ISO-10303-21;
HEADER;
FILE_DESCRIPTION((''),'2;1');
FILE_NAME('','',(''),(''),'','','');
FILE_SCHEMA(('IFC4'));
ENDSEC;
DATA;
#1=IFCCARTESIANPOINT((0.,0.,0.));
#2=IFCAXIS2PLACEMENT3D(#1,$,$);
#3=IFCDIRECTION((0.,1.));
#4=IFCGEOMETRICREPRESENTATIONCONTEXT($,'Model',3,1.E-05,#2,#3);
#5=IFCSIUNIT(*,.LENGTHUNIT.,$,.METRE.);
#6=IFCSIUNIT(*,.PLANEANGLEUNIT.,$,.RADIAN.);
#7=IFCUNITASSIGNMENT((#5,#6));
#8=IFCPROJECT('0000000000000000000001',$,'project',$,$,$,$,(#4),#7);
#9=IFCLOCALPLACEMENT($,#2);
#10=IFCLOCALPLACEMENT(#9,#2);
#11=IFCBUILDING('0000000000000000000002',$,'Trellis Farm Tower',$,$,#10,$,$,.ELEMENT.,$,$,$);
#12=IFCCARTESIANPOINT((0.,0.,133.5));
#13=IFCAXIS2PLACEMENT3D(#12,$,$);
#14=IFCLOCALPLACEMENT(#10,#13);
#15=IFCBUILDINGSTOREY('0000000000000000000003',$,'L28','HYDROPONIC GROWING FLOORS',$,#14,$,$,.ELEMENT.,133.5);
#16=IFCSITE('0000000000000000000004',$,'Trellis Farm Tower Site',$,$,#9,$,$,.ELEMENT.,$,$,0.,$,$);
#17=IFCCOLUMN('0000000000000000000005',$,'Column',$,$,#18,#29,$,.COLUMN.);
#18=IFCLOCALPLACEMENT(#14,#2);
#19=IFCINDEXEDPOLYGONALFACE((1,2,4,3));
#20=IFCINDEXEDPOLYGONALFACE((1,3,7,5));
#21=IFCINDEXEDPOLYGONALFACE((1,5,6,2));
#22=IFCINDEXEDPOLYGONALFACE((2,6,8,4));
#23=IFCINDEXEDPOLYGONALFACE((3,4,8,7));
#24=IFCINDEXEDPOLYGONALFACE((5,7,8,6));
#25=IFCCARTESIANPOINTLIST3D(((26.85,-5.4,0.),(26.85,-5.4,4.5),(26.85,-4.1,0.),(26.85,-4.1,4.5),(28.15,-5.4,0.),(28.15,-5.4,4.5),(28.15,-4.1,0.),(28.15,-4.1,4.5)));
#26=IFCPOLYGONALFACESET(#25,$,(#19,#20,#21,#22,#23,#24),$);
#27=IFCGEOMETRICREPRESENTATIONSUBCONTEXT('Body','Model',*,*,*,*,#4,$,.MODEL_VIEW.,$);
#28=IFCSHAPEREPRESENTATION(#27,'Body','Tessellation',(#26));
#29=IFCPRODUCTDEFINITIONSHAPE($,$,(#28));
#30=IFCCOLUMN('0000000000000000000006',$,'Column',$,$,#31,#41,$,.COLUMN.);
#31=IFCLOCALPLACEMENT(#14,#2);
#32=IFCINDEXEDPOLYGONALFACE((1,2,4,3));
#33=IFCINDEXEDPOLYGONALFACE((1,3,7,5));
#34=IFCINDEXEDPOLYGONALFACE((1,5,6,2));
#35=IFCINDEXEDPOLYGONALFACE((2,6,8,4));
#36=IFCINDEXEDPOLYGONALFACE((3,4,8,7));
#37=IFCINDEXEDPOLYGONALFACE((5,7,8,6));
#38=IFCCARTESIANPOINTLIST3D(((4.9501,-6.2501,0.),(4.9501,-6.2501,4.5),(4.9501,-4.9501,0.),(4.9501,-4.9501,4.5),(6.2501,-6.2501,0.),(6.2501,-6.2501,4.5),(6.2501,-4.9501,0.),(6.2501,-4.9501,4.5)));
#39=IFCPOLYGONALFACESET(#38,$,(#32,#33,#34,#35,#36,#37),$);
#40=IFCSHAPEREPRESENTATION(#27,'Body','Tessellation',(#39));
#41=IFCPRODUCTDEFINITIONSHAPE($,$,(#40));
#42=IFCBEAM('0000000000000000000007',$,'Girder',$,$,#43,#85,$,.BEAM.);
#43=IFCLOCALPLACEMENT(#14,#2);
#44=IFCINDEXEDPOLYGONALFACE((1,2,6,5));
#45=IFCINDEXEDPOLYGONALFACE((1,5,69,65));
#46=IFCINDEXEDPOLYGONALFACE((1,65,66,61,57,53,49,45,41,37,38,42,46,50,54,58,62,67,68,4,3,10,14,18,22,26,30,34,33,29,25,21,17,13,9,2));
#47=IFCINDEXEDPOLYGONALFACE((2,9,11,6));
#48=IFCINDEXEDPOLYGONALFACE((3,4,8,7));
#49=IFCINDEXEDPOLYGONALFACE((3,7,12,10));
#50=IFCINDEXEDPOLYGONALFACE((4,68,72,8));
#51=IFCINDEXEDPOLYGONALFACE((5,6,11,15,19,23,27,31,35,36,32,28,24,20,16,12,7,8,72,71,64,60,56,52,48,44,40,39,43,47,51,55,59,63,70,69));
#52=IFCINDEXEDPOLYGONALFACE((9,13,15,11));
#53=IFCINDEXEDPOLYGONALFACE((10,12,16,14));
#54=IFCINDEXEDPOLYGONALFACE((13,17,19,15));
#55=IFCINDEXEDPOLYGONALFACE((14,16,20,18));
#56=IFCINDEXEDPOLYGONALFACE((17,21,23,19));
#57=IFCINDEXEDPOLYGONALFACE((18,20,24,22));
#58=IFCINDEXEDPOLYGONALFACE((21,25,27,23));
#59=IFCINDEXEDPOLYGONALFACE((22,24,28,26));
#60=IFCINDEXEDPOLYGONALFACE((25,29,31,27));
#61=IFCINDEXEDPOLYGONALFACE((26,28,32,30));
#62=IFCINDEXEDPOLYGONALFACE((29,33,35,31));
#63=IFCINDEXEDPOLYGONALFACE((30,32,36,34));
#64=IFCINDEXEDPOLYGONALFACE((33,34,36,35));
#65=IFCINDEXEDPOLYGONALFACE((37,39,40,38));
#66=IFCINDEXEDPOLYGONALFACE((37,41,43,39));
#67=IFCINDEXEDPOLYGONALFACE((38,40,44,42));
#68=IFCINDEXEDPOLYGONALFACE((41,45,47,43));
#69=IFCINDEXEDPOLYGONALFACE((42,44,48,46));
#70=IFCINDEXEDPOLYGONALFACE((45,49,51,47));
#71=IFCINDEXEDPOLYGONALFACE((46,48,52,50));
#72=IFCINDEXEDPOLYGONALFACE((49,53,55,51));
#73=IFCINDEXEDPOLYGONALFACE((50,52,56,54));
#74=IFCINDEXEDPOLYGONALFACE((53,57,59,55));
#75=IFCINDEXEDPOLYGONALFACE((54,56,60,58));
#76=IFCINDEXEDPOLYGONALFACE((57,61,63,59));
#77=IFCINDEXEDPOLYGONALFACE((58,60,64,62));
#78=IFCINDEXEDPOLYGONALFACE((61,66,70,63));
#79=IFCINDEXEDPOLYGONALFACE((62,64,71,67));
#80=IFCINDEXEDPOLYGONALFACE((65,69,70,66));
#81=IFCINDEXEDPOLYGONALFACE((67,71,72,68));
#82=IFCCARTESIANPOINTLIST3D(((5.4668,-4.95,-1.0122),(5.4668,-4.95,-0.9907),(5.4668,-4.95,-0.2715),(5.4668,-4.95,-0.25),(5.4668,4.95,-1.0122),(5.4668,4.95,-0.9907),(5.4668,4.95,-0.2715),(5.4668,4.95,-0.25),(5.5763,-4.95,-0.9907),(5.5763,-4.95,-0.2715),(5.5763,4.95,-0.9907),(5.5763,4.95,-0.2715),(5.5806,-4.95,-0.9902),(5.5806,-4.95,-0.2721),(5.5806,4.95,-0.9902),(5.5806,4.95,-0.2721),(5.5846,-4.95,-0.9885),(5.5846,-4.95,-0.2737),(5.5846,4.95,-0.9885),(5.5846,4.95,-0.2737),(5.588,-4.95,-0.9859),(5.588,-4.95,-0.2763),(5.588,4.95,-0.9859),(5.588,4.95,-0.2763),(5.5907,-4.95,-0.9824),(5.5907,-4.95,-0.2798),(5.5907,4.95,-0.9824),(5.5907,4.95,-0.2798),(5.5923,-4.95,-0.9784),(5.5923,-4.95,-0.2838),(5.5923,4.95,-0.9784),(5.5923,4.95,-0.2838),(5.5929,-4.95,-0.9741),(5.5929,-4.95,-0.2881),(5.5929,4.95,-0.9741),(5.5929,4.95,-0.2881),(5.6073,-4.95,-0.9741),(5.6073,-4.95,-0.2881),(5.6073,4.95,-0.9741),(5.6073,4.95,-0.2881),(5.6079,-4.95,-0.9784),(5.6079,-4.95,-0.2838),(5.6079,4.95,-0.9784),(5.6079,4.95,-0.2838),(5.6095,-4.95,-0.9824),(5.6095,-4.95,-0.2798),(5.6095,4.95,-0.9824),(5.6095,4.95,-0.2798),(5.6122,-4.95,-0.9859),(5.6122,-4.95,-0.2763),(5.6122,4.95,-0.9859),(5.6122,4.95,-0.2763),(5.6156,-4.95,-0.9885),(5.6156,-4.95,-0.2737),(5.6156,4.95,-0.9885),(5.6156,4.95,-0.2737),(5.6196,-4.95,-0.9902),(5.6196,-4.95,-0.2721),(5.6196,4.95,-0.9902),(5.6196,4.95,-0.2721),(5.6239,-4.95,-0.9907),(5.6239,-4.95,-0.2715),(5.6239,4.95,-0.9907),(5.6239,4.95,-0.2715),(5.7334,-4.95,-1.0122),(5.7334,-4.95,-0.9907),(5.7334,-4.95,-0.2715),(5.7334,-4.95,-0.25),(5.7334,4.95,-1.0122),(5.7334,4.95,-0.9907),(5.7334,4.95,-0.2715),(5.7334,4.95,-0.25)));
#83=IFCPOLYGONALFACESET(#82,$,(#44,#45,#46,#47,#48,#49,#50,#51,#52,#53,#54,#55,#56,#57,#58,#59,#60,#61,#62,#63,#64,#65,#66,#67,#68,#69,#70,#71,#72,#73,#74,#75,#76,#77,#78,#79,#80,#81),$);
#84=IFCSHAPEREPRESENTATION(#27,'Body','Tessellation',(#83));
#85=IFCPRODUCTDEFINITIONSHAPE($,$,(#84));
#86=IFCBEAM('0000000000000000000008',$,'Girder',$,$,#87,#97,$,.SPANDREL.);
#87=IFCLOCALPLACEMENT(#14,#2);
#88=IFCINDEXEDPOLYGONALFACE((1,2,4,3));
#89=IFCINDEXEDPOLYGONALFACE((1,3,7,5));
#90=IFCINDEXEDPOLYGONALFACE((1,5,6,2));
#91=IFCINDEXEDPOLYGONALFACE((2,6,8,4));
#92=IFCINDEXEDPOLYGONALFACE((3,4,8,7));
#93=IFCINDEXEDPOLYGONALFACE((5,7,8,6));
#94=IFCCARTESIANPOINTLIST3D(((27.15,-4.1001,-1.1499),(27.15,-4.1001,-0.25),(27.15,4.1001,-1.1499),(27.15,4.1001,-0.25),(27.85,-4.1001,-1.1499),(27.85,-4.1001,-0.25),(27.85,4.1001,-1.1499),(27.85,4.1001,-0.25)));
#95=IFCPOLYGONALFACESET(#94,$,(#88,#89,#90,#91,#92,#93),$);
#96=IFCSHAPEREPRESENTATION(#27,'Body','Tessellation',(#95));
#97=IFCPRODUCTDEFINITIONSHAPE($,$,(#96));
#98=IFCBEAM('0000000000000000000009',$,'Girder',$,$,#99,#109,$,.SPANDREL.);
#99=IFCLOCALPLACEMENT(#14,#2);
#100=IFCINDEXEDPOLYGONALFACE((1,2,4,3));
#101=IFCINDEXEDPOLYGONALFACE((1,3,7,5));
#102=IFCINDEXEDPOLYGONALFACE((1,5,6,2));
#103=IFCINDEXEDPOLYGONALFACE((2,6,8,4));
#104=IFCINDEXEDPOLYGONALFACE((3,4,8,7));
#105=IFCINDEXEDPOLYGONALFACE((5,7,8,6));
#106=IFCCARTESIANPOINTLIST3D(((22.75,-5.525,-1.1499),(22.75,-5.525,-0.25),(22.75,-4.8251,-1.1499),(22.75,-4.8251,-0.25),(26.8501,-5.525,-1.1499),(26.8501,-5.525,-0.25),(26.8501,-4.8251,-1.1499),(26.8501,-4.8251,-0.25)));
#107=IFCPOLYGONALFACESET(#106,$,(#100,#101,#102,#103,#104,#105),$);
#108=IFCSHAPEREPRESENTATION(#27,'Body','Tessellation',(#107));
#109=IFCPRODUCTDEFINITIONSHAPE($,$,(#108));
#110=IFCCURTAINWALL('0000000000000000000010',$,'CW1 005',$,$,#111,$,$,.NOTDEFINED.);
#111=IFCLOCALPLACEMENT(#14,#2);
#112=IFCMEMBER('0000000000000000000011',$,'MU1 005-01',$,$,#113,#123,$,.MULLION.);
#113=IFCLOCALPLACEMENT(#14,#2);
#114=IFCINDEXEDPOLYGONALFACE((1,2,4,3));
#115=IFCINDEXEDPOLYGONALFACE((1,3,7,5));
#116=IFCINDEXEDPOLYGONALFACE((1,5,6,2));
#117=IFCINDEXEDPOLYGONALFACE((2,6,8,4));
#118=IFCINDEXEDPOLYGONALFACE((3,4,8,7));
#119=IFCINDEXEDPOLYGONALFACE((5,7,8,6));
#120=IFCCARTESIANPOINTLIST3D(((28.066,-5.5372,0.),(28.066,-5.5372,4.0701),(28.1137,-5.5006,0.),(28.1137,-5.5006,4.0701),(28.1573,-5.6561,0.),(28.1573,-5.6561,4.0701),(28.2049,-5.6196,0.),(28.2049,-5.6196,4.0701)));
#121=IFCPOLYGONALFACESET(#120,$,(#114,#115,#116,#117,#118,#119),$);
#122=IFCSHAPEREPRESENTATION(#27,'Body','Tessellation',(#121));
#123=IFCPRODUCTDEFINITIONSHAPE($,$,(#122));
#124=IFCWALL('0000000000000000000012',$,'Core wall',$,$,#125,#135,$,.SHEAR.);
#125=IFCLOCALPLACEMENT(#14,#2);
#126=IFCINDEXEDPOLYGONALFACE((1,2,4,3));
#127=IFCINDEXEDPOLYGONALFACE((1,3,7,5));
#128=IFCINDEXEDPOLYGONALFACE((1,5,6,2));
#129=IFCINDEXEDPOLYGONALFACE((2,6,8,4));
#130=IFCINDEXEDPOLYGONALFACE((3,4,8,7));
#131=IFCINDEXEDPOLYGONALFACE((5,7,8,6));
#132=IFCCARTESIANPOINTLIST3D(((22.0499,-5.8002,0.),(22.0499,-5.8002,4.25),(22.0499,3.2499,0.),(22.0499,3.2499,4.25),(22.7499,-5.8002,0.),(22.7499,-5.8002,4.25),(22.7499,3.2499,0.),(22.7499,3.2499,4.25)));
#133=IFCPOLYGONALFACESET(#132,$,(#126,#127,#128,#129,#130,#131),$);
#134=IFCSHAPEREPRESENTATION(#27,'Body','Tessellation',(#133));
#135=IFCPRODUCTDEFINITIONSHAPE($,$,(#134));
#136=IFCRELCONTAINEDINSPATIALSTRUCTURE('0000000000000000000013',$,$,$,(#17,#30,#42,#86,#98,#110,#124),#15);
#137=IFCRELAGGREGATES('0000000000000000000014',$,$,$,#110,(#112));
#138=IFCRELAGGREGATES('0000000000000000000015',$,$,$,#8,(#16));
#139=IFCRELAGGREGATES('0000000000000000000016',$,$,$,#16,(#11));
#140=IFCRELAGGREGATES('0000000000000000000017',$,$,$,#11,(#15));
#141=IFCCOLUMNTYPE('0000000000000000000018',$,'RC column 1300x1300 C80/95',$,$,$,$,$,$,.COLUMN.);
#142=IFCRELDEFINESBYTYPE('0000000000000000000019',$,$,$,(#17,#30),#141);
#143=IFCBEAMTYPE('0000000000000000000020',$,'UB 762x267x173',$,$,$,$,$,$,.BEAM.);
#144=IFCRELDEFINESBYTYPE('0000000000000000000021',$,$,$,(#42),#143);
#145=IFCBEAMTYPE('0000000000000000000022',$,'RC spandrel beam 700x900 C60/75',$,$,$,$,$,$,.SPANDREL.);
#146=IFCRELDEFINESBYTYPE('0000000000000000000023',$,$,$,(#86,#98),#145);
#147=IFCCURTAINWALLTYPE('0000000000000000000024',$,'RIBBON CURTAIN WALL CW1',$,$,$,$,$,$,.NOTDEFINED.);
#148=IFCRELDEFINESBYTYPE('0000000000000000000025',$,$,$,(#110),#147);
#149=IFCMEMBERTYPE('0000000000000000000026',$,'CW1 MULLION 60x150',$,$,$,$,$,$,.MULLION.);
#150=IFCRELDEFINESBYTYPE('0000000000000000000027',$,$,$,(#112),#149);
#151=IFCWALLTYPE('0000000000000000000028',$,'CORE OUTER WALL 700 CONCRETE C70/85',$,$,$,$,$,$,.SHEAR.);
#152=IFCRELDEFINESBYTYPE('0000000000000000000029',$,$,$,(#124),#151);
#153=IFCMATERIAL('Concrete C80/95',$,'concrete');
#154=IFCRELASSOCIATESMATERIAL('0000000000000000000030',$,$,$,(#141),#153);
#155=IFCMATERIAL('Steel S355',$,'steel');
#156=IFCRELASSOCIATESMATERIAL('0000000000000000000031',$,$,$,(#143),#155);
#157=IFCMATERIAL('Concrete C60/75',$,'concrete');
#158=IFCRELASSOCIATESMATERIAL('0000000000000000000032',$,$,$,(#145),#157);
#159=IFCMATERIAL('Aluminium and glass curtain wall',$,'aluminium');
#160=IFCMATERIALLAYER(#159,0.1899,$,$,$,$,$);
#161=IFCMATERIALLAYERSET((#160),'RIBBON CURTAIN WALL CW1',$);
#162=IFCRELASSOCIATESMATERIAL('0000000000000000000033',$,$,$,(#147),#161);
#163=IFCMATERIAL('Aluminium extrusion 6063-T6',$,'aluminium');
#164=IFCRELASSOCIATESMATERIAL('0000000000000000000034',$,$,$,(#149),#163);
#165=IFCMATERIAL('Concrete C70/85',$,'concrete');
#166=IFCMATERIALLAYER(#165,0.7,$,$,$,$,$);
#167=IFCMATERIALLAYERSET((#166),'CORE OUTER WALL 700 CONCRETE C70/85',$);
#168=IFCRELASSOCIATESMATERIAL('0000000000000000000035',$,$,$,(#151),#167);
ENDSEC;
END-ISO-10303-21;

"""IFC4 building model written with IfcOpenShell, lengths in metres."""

from ifc_helpers import new_model, si_unit, direction, frame, frame_2d, origin, origin_2d, place, context, subcontext, project, spatial, rectangle, i_section, extrude, source, transform, mapped, material, layer, layer_set, material_profile, profile_set, type_object, element, aggregate, save


model = new_model("IFC4")

# Units and contexts
model_context = context("Model", 3, precision=1e-05, world=origin(), true_north=direction((0.0, 1.0)))
body_context = subcontext(model_context, "Body", "Model", "MODEL_VIEW")
ifc_project = project(units=[si_unit("LENGTHUNIT", "METRE"), si_unit("PLANEANGLEUNIT", "RADIAN")], contexts=[model_context])

# Site, building, storey
site_placement = place(None, origin())
site = spatial("IfcSite", under=ifc_project, at=site_placement, Name="Trellis Farm Tower Site", CompositionType="ELEMENT", RefElevation=0.0)
building_placement = place(site_placement, origin())
building = spatial("IfcBuilding", under=site, at=building_placement, Name="Trellis Farm Tower", CompositionType="ELEMENT")
storey_placement = place(building_placement, frame((0.0, 0.0, 133.5)))
storey = spatial("IfcBuildingStorey", under=building, at=storey_placement, Name="L28", Description="HYDROPONIC GROWING FLOORS", CompositionType="ELEMENT", Elevation=133.5)

# Columns
ifc_material_1 = material(Name="Concrete C80/95", Category="concrete")
ifc_material_profile_1 = material_profile(ifc_material_1, rectangle(XDim=1.3, YDim=1.3, at=origin_2d()), Name="RC column 1300x1300 C80/95")
ifc_profile_set_1 = profile_set([ifc_material_profile_1], Name="Concrete C80/95")
column_type = type_object("IfcColumnType", Name="RC column 1300x1300 C80/95", PredefinedType="COLUMN", material=ifc_profile_set_1)
shared_shape_1 = source(origin(), body_context, "Body", "SweptSolid", [
    extrude(rectangle(XDim=1.3, YDim=1.3, at=origin_2d()), origin(), (0.0, 0.0, 1.0), 4.5),
])
for number, where, z_axis, x_axis, name in (
    (1, (27.5, -4.75, 0.0), (0.0, 0.0, 1.0), (1.0, 0.0, 0.0), "Column"),
    (2, (5.6001, -5.6001, 0.0), (0.0, 0.0, 1.0), (1.0, 0.0, 0.0), "Column"),
):
    element("IfcColumn", number, at=place(storey_placement, frame(where, z_axis=z_axis, x_axis=x_axis)), inside=storey, type_object=column_type, Name=name, PredefinedType="COLUMN", context=body_context, shape_type="MappedRepresentation", body=[
        mapped(shared_shape_1, transform((0.0, 0.0, 0.0))),
    ])

# Beams
ifc_material_2 = material(Name="Steel S355", Category="steel")
ifc_material_profile_2 = material_profile(ifc_material_2, i_section(OverallWidth=0.2666, OverallDepth=0.7622, WebThickness=0.0144, FlangeThickness=0.0215, FilletRadius=0.0166, at=origin_2d()), Name="UB 762x267x173")
ifc_profile_set_2 = profile_set([ifc_material_profile_2], Name="Steel S355")
beam_type_1 = type_object("IfcBeamType", Name="UB 762x267x173", PredefinedType="BEAM", material=ifc_profile_set_2)
shared_shape_2 = source(origin(), body_context, "Body", "SweptSolid", [
    extrude(i_section(OverallWidth=0.2666, OverallDepth=0.7622, WebThickness=0.0144, FlangeThickness=0.0215, FilletRadius=0.0166, at=origin_2d()), origin(), (0.0, 0.0, 1.0), 9.8999),
])
beam_1_placement = place(storey_placement, frame((5.6001, -4.95, -0.6311), z_axis=(0.0, 1.0, 0.0), x_axis=(-1.0, 0.0, 0.0)))
element("IfcBeam", 3, at=beam_1_placement, inside=storey, type_object=beam_type_1, Name="Girder", PredefinedType="BEAM", context=body_context, shape_type="MappedRepresentation", body=[
    mapped(shared_shape_2, transform((0.0, 0.0, 0.0))),
])
ifc_material_3 = material(Name="Concrete C60/75", Category="concrete")
ifc_material_profile_3 = material_profile(ifc_material_3, rectangle(XDim=0.7, YDim=0.8999, at=origin_2d()), Name="RC spandrel beam 700x900 C60/75")
ifc_profile_set_3 = profile_set([ifc_material_profile_3], Name="Concrete C60/75")
beam_type_2 = type_object("IfcBeamType", Name="RC spandrel beam 700x900 C60/75", PredefinedType="SPANDREL", material=ifc_profile_set_3)
shared_shape_3 = source(origin(), body_context, "Body", "SweptSolid", [
    extrude(rectangle(XDim=0.7, YDim=0.8999, at=origin_2d()), origin(), (0.0, 0.0, 1.0), 8.2002),
])
beam_2_placement = place(storey_placement, frame((27.5, -4.1001, -0.7), z_axis=(0.0, 1.0, 0.0), x_axis=(-1.0, 0.0, 0.0)))
element("IfcBeam", 4, at=beam_2_placement, inside=storey, type_object=beam_type_2, Name="Girder", PredefinedType="SPANDREL", context=body_context, shape_type="MappedRepresentation", body=[
    mapped(shared_shape_3, transform((0.0, 0.0, 0.0))),
])
shared_shape_4 = source(origin(), body_context, "Body", "SweptSolid", [
    extrude(rectangle(XDim=0.7, YDim=0.8999, at=origin_2d()), origin(), (0.0, 0.0, 1.0), 4.1001),
])
beam_3_placement = place(storey_placement, frame((22.75, -5.175, -0.7), z_axis=(1.0, 0.0, 0.0), x_axis=(0.0, 1.0, 0.0)))
element("IfcBeam", 5, at=beam_3_placement, inside=storey, type_object=beam_type_2, Name="Girder", PredefinedType="SPANDREL", context=body_context, shape_type="MappedRepresentation", body=[
    mapped(shared_shape_4, transform((0.0, 0.0, 0.0))),
])

# Curtain wall, member
ifc_material_4 = material(Name="Aluminium and glass curtain wall", Category="aluminium")
ifc_layer_1 = layer(ifc_material_4, 0.1899)
ifc_layer_set_1 = layer_set([ifc_layer_1], Name="RIBBON CURTAIN WALL CW1")
curtain_wall_type = type_object("IfcCurtainWallType", Name="RIBBON CURTAIN WALL CW1", PredefinedType="NOTDEFINED", material=ifc_layer_set_1)
placement = place(storey_placement, origin())
curtain_wall = element("IfcCurtainWall", 6, at=placement, inside=storey, type_object=curtain_wall_type, Name="CW1 005", PredefinedType="NOTDEFINED")
ifc_material_5 = material(Name="Aluminium extrusion 6063-T6", Category="aluminium")
ifc_material_profile_4 = material_profile(ifc_material_5, rectangle(XDim=0.0601, YDim=0.1499, at=origin_2d()), Name="MULLION 60x150")
ifc_profile_set_4 = profile_set([ifc_material_profile_4], Name="Aluminium extrusion 6063-T6")
member_type = type_object("IfcMemberType", Name="CW1 MULLION 60x150", PredefinedType="MULLION", material=ifc_profile_set_4)
shared_shape_5 = source(origin(), body_context, "Body", "SweptSolid", [
    extrude(rectangle(XDim=0.0601, YDim=0.1499, at=origin_2d()), origin(), (0.0, 0.0, 1.0), 4.0701),
])
member_placement = place(storey_placement, frame((28.1355, -5.5784, 0.0), z_axis=(0.0, 0.0, 1.0), x_axis=(0.793353, 0.608761, 0.0)))
member = element("IfcMember", 7, at=member_placement, type_object=member_type, Name="MU1 005-01", PredefinedType="MULLION", context=body_context, shape_type="MappedRepresentation", body=[
    mapped(shared_shape_5, transform((0.0, 0.0, 0.0))),
])
aggregate(curtain_wall, [member])

# Wall
ifc_material_6 = material(Name="Concrete C70/85", Category="concrete")
ifc_layer_2 = layer(ifc_material_6, 0.7)
ifc_layer_set_2 = layer_set([ifc_layer_2], Name="CORE OUTER WALL 700 CONCRETE C70/85")
wall_type_1 = type_object("IfcWallType", Name="CORE OUTER WALL 700 CONCRETE C70/85", PredefinedType="SHEAR", material=ifc_layer_set_2)
shared_shape_6 = source(origin(), body_context, "Body", "SweptSolid", [
    extrude(rectangle(XDim=9.05, YDim=0.7, at=frame_2d((4.5249, 0.0))), origin(), (0.0, 0.0, 1.0), 4.25),
])
wall_1_placement = place(storey_placement, frame((22.3999, -5.8, 0.0), z_axis=(0.0, 0.0, 1.0), x_axis=(0.0, 1.0, 0.0)))
element("IfcWall", 8, at=wall_1_placement, inside=storey, type_object=wall_type_1, Name="Core wall", PredefinedType="SHEAR", context=body_context, shape_type="MappedRepresentation", body=[
    mapped(shared_shape_6, transform((0.0, 0.0, 0.0))),
])

save(model, "model.ifc")
